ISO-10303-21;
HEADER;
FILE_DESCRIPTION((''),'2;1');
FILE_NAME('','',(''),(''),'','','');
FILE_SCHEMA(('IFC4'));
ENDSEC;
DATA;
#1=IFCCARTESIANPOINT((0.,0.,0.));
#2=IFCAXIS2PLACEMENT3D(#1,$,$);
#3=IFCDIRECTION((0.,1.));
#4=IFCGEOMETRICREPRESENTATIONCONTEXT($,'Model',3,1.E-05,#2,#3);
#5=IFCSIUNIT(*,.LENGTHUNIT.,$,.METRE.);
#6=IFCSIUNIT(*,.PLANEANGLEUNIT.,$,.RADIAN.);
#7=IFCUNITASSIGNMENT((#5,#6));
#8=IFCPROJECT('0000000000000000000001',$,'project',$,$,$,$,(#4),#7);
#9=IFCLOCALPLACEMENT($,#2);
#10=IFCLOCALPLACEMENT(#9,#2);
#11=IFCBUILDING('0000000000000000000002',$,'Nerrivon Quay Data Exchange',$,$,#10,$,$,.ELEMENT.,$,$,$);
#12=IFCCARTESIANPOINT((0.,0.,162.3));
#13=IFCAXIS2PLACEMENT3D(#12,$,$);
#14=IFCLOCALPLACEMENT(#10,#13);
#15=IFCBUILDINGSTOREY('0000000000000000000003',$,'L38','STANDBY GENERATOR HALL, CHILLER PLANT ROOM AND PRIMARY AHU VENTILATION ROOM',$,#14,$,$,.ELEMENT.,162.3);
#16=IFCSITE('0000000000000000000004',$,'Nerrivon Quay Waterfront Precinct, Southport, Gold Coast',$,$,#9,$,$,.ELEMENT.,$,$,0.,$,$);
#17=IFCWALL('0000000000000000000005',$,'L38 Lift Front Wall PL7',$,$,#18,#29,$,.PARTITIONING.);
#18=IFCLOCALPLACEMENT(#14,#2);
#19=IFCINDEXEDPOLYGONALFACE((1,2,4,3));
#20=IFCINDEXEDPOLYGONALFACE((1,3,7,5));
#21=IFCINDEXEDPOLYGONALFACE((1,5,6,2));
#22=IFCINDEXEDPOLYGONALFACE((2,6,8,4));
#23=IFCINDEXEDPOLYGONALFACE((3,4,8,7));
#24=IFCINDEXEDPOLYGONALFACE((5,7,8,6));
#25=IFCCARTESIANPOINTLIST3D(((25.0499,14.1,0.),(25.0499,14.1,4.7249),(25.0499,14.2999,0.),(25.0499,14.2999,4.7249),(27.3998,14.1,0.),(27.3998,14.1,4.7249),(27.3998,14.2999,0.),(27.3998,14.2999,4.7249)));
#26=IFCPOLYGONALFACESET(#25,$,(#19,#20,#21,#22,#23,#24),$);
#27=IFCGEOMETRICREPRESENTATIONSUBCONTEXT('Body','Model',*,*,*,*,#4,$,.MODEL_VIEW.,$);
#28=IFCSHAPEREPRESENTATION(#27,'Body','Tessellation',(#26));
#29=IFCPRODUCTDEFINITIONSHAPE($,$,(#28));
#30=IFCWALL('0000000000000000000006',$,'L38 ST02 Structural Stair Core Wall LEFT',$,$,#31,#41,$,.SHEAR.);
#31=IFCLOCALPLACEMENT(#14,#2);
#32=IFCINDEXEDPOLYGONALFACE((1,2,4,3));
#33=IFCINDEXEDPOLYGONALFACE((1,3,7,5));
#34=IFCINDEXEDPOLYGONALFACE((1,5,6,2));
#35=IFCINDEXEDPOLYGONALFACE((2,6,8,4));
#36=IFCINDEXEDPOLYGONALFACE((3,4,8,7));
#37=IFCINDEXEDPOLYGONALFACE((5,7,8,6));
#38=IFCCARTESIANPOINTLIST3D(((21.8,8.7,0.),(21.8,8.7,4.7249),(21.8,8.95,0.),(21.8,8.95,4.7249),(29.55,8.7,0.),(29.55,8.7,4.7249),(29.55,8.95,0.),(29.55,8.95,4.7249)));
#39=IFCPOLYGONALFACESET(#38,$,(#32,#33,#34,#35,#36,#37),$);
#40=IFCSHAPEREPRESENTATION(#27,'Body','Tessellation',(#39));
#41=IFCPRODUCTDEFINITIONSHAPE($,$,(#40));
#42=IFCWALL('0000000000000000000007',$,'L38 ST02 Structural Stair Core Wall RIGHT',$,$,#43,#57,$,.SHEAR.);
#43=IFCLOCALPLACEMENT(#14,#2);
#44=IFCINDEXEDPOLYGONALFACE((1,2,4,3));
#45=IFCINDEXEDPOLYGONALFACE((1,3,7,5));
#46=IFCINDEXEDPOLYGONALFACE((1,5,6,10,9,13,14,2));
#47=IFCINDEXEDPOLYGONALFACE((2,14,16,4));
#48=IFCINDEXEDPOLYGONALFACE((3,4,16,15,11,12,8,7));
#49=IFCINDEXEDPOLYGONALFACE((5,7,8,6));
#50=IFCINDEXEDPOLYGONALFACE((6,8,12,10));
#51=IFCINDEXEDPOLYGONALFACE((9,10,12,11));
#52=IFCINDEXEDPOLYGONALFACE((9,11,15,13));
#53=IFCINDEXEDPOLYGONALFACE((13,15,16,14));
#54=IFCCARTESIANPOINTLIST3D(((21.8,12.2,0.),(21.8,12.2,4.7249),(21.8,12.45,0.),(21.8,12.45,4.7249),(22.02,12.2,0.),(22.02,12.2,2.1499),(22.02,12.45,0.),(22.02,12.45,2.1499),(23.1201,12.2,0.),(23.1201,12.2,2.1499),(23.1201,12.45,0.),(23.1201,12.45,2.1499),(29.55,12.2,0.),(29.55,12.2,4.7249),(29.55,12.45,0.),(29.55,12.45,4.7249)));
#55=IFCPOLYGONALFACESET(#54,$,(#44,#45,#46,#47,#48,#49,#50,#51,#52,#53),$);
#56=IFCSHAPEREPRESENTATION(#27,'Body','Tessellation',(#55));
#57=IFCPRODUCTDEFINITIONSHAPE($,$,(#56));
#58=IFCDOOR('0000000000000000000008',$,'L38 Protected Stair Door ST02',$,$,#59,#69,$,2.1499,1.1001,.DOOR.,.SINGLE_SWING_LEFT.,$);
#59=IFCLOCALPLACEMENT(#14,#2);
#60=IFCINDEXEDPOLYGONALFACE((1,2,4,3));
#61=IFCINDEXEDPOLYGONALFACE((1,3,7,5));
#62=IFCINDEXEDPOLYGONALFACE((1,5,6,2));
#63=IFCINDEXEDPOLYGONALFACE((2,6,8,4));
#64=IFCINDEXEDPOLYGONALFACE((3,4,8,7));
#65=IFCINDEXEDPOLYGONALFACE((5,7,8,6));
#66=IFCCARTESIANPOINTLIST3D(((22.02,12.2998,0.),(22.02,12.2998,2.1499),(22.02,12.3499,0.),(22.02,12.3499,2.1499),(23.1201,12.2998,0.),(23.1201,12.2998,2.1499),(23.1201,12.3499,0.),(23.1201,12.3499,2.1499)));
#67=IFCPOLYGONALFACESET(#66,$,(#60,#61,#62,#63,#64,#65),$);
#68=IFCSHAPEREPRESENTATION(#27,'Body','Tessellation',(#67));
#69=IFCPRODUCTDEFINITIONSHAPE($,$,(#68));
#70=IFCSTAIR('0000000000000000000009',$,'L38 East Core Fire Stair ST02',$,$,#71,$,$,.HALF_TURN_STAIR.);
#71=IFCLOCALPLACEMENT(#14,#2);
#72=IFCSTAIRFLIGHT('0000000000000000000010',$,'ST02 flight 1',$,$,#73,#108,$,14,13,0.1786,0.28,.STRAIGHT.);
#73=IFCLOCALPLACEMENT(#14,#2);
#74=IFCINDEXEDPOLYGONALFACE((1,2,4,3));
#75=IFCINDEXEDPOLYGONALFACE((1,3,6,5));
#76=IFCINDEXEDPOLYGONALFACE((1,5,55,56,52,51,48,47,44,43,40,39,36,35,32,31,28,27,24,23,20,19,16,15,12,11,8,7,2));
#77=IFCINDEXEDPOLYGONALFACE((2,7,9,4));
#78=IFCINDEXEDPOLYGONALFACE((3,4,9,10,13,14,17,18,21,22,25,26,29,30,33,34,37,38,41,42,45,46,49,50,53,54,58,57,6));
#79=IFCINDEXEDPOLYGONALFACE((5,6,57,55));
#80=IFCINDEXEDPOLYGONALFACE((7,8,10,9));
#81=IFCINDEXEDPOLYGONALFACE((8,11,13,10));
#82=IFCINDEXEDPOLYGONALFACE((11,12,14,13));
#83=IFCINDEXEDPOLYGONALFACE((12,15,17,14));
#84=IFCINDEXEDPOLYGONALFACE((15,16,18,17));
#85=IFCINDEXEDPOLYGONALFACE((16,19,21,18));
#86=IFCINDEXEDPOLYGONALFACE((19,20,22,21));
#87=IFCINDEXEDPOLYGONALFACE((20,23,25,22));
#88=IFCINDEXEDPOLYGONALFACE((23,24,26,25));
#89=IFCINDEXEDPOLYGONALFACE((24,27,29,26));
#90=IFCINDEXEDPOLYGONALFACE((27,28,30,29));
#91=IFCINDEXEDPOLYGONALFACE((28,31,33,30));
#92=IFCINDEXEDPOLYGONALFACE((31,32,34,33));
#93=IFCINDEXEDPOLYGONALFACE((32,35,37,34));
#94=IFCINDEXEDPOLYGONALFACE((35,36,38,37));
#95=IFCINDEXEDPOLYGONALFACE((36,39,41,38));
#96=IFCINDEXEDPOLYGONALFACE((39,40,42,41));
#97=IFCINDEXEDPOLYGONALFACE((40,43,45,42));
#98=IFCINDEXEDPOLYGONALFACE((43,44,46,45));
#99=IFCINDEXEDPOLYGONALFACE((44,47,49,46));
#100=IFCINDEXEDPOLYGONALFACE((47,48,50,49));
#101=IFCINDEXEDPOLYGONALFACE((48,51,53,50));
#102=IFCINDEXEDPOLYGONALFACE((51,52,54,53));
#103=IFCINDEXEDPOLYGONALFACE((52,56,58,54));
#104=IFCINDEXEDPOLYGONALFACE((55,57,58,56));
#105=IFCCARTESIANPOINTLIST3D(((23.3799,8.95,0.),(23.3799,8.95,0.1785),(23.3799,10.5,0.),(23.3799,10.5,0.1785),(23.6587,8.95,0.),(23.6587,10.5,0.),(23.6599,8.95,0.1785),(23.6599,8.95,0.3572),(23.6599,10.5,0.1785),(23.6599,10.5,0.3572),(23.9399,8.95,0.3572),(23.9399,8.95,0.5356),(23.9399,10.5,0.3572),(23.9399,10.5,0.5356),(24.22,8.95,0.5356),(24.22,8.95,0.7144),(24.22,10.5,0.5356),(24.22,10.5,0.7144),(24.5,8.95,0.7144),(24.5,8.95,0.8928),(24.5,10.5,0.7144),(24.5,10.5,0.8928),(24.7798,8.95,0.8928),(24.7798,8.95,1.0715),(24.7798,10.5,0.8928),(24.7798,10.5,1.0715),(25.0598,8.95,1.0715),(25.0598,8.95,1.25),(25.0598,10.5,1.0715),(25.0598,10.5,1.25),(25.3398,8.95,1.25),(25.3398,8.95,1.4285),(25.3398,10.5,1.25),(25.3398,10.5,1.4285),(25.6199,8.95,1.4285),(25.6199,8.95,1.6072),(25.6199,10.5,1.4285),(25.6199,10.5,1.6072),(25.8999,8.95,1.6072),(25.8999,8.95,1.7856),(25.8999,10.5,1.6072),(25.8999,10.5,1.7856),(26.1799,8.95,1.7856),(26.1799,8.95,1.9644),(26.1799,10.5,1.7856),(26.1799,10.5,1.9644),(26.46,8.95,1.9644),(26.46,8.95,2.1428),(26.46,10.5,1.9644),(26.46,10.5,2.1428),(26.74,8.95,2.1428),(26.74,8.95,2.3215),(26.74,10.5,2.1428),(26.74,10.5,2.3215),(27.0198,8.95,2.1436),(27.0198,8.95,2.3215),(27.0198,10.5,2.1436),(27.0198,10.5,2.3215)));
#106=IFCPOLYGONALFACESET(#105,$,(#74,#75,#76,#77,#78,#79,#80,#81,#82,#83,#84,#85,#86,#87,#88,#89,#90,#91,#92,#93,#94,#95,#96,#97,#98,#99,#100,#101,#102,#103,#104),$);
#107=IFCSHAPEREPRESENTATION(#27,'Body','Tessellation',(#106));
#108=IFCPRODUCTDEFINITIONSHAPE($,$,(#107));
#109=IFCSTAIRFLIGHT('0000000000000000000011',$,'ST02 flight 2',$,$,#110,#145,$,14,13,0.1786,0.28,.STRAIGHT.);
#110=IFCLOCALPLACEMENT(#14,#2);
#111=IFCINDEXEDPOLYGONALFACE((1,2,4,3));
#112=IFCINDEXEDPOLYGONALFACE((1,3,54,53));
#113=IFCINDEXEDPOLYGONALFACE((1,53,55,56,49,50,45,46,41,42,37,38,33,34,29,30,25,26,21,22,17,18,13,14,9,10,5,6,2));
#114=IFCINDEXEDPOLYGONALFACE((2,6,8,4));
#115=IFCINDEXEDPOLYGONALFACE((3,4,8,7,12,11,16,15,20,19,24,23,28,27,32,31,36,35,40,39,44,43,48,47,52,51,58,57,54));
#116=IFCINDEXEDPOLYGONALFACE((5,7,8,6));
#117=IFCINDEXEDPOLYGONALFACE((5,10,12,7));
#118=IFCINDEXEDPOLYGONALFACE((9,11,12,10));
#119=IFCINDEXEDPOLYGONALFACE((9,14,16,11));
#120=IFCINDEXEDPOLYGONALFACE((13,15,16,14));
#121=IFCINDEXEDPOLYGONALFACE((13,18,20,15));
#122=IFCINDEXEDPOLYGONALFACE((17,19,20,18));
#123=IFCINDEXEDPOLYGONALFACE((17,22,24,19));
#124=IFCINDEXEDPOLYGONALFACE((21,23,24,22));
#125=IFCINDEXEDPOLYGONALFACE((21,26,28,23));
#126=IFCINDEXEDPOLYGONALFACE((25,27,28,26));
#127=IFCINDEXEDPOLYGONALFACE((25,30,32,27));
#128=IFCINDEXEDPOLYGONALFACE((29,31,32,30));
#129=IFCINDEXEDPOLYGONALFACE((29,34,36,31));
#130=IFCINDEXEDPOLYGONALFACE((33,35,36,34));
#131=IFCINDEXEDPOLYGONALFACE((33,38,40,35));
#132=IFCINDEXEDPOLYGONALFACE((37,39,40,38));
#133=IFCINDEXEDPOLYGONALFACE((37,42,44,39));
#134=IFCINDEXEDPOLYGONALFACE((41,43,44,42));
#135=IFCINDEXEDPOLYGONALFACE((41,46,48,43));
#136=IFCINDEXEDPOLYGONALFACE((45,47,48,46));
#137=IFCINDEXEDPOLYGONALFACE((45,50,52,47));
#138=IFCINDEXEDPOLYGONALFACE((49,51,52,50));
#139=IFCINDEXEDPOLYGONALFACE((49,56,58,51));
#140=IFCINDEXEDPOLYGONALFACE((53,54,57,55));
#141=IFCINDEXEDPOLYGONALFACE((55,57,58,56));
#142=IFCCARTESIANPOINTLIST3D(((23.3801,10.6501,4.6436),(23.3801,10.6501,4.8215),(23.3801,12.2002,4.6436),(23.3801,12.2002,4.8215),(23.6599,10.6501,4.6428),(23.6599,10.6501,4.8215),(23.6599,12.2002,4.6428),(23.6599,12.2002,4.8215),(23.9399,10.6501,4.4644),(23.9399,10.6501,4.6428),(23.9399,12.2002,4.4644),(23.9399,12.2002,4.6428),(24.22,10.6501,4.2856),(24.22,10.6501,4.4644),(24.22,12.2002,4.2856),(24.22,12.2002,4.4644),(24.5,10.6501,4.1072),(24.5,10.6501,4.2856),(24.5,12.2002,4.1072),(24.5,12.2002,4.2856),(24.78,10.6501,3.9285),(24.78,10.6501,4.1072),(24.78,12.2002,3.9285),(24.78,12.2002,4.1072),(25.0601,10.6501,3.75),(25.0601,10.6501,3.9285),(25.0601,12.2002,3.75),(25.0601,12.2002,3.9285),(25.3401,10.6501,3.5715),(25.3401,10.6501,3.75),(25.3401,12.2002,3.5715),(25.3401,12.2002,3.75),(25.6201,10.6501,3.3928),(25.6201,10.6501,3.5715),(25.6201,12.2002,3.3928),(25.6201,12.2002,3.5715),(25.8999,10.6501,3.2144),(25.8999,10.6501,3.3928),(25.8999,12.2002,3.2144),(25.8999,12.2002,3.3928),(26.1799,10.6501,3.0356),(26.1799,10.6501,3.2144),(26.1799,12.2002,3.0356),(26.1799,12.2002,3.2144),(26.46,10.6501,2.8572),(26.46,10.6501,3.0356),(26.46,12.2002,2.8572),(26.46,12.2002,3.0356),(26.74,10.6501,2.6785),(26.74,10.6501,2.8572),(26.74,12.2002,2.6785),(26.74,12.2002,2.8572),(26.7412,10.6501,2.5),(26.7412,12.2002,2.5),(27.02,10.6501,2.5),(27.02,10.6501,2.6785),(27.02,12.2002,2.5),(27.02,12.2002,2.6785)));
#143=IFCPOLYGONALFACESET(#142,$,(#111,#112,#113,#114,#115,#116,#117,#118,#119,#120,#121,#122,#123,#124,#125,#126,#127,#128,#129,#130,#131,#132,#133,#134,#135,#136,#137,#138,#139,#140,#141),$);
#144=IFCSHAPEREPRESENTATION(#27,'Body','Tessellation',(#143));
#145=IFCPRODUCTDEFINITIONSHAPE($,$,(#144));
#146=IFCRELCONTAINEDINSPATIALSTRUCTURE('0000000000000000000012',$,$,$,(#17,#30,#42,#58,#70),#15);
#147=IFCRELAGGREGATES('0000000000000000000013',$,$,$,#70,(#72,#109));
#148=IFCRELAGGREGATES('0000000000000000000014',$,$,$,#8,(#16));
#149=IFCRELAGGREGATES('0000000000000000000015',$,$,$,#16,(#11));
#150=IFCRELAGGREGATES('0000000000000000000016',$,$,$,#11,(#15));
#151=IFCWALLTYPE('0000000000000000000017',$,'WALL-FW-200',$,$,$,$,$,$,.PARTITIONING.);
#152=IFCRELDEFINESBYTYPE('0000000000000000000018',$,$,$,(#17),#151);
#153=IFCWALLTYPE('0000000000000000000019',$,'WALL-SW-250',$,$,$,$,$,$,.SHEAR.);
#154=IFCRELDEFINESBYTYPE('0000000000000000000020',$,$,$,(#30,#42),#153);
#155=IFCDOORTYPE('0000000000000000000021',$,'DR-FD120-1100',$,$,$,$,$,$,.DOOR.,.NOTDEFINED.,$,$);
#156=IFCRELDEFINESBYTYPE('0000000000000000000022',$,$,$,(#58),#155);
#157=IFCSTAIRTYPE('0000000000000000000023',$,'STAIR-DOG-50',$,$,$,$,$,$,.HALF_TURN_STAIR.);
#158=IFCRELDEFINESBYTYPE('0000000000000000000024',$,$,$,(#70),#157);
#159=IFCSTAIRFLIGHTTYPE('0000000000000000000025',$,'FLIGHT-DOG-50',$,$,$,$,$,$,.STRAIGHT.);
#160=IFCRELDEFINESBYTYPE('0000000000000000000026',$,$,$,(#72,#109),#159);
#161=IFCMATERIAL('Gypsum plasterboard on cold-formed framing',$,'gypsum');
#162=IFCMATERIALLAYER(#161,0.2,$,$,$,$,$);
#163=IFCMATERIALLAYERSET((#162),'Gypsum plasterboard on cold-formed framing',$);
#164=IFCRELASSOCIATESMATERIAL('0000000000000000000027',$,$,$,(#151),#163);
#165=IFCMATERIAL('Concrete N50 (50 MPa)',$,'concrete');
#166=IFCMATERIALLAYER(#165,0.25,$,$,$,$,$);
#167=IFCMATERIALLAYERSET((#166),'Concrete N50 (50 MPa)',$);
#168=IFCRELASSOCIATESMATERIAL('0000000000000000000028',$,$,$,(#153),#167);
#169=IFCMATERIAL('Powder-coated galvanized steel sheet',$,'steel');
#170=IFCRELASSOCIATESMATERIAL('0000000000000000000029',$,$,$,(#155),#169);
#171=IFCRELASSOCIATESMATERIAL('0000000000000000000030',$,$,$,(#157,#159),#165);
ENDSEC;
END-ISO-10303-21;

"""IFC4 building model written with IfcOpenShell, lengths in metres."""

from ifc_helpers import new_model, si_unit, direction, frame, frame_2d, origin, place, context, subcontext, project, spatial, polyline, rectangle, outline, extrude, material, layer, layer_set, type_object, element, fill, aggregate, save


model = new_model("IFC4")

# Units and contexts
model_context = context("Model", 3, precision=1e-05, world=origin(), true_north=direction((0.0, 1.0)))
body_context = subcontext(model_context, "Body", "Model", "MODEL_VIEW")
ifc_project = project(units=[si_unit("LENGTHUNIT", "METRE"), si_unit("PLANEANGLEUNIT", "RADIAN")], contexts=[model_context])

# Site, building, storey
site_placement = place(None, origin())
site = spatial("IfcSite", under=ifc_project, at=site_placement, Name="Nerrivon Quay Waterfront Precinct, Southport, Gold Coast", CompositionType="ELEMENT", RefElevation=0.0)
building_placement = place(site_placement, origin())
building = spatial("IfcBuilding", under=site, at=building_placement, Name="Nerrivon Quay Data Exchange", CompositionType="ELEMENT")
storey_placement = place(building_placement, frame((0.0, 0.0, 162.3)))
storey = spatial("IfcBuildingStorey", under=building, at=storey_placement, Name="L38", Description="STANDBY GENERATOR HALL, CHILLER PLANT ROOM AND PRIMARY AHU VENTILATION ROOM", CompositionType="ELEMENT", Elevation=162.3)

# Shared definitions
ifc_material_1 = material(Name="Gypsum plasterboard on cold-formed framing", Category="gypsum")
ifc_layer_1 = layer(ifc_material_1, 0.2)
ifc_layer_set_1 = layer_set([ifc_layer_1], Name="Gypsum plasterboard on cold-formed framing")
wall_type_1 = type_object("IfcWallType", Name="WALL-FW-200", PredefinedType="PARTITIONING", material=ifc_layer_set_1)

# Shared definitions
ifc_material_2 = material(Name="Powder-coated galvanized steel sheet", Category="steel")

# Walls
wall_1_placement = place(storey_placement, frame((25.05, 14.2, 0.0), z_axis=(0.0, 0.0, 1.0), x_axis=(1.0, 0.0, 0.0)))
element("IfcWall", 1, at=wall_1_placement, inside=storey, type_object=wall_type_1, Name="L38 Lift Front Wall PL7", PredefinedType="PARTITIONING", context=body_context, shape_type="SweptSolid", body=[
    extrude(rectangle(XDim=2.3499, YDim=0.2, at=frame_2d((1.1748, 0.0))), origin(), (0.0, 0.0, 1.0), 4.7249),
])
ifc_material_3 = material(Name="Concrete N50 (50 MPa)", Category="concrete")
ifc_layer_2 = layer(ifc_material_3, 0.25)
ifc_layer_set_2 = layer_set([ifc_layer_2], Name="Concrete N50 (50 MPa)")
wall_type_2 = type_object("IfcWallType", Name="WALL-SW-250", PredefinedType="SHEAR", material=ifc_layer_set_2)
wall_2_placement = place(storey_placement, frame((21.8, 8.825, 0.0), z_axis=(0.0, 0.0, 1.0), x_axis=(1.0, 0.0, 0.0)))
element("IfcWall", 2, at=wall_2_placement, inside=storey, type_object=wall_type_2, Name="L38 ST02 Structural Stair Core Wall LEFT", PredefinedType="SHEAR", context=body_context, shape_type="SweptSolid", body=[
    extrude(rectangle(XDim=7.75, YDim=0.25, at=frame_2d((3.875, 0.0))), origin(), (0.0, 0.0, 1.0), 4.7249),
])

# Wall, opening, door
wall_3_placement = place(storey_placement, frame((21.8, 12.325, 0.0), z_axis=(0.0, 0.0, 1.0), x_axis=(1.0, 0.0, 0.0)))
wall_3 = element("IfcWall", 3, at=wall_3_placement, inside=storey, type_object=wall_type_2, Name="L38 ST02 Structural Stair Core Wall RIGHT", PredefinedType="SHEAR", context=body_context, shape_type="SweptSolid", body=[
    extrude(rectangle(XDim=7.75, YDim=0.25, at=frame_2d((3.875, 0.0))), origin(), (0.0, 0.0, 1.0), 4.7249),
])
opening_1_placement = place(wall_3_placement, frame((0.22, 0.0, 0.0)))
opening_1 = element("IfcOpeningElement", 4, at=opening_1_placement, cuts=wall_3, PredefinedType="OPENING", context=body_context, shape_type="SweptSolid", body=[
    extrude(rectangle(XDim=1.1001, YDim=2.1499, at=frame_2d((0.55, 1.075))), frame((0.0, 0.135, 0.0), z_axis=(0.0, -1.0, 0.0), x_axis=(1.0, 0.0, 0.0)), (0.0, 0.0, 1.0), 0.27),
])
door_type_1 = type_object("IfcDoorType", Name="DR-FD120-1100", OperationType="NOTDEFINED", PredefinedType="DOOR", material=ifc_material_2)
door_1_placement = place(opening_1_placement, origin())
door_1 = element("IfcDoor", 5, at=door_1_placement, inside=storey, type_object=door_type_1, Name="L38 Protected Stair Door ST02", OperationType="SINGLE_SWING_LEFT", OverallHeight=2.1499, OverallWidth=1.1001, PredefinedType="DOOR", context=body_context, shape_type="SweptSolid", body=[
    extrude(rectangle(XDim=1.1001, YDim=2.1499, at=frame_2d((0.55, 1.075))), frame((0.0, 0.0249, 0.0), z_axis=(0.0, -1.0, 0.0), x_axis=(1.0, 0.0, 0.0)), (0.0, 0.0, 1.0), 0.05),
])
fill(opening_1, door_1)

# Stair, stair flights
stair_type = type_object("IfcStairType", Name="STAIR-DOG-50", PredefinedType="HALF_TURN_STAIR", material=ifc_material_3)
stair_placement = place(storey_placement, origin())
stair = element("IfcStair", 6, at=stair_placement, inside=storey, type_object=stair_type, Name="L38 East Core Fire Stair ST02", PredefinedType="HALF_TURN_STAIR")
stair_flight_type = type_object("IfcStairFlightType", Name="FLIGHT-DOG-50", PredefinedType="STRAIGHT", material=ifc_material_3)
stair_flight_1_placement = place(storey_placement, frame((23.3799, 9.7251, 0.0), z_axis=(0.0, 0.0, 1.0), x_axis=(1.0, 0.0, 0.0)))
stair_flight_1 = element("IfcStairFlight", 7, at=stair_flight_1_placement, type_object=stair_flight_type, Name="ST02 flight 1", NumberOfRisers=14, NumberOfTreads=13, PredefinedType="STRAIGHT", RiserHeight=0.1786, TreadLength=0.28, context=body_context, shape_type="SweptSolid", body=[
    extrude(outline(polyline([(0.0, 0.0), (0.0, 0.1785), (0.28, 0.1785), (0.28, 0.3572), (0.5601, 0.3572), (0.5601, 0.5356), (0.8401, 0.5356), (0.8401, 0.7144), (1.1201, 0.7144), (1.1201, 0.8928), (1.3999, 0.8928), (1.3999, 1.0715), (1.6799, 1.0715), (1.6799, 1.25), (1.96, 1.25), (1.96, 1.4285), (2.24, 1.4285), (2.24, 1.6072), (2.52, 1.6072), (2.52, 1.7856), (2.8, 1.7856), (2.8, 1.9644), (3.0801, 1.9644), (3.0801, 2.1428), (3.3601, 2.1428), (3.3601, 2.3215), (3.6399, 2.3215), (3.6399, 2.5), (3.6399, 2.1436), (0.2788, 0.0), (0.0, 0.0)])), frame((0.0, 0.7749, 0.0), z_axis=(0.0, -1.0, 0.0), x_axis=(1.0, 0.0, 0.0)), (0.0, 0.0, 1.0), 1.55),
])
stair_flight_2_placement = place(storey_placement, frame((27.02, 11.425, 2.5), z_axis=(0.0, 0.0, 1.0), x_axis=(-1.0, 0.0, 0.0)))
stair_flight_2 = element("IfcStairFlight", 8, at=stair_flight_2_placement, type_object=stair_flight_type, Name="ST02 flight 2", NumberOfRisers=14, NumberOfTreads=13, PredefinedType="STRAIGHT", RiserHeight=0.1786, TreadLength=0.28, context=body_context, shape_type="SweptSolid", body=[
    extrude(outline(polyline([(0.0, 0.0), (0.0, 0.1785), (0.28, 0.1785), (0.28, 0.3572), (0.5601, 0.3572), (0.5601, 0.5356), (0.8401, 0.5356), (0.8401, 0.7144), (1.1201, 0.7144), (1.1201, 0.8928), (1.3999, 0.8928), (1.3999, 1.0715), (1.6799, 1.0715), (1.6799, 1.25), (1.96, 1.25), (1.96, 1.4285), (2.24, 1.4285), (2.24, 1.6072), (2.52, 1.6072), (2.52, 1.7856), (2.8, 1.7856), (2.8, 1.9644), (3.0801, 1.9644), (3.0801, 2.1428), (3.3601, 2.1428), (3.3601, 2.3215), (3.6399, 2.3215), (3.6399, 2.5), (3.6399, 2.1436), (0.2788, 0.0), (0.0, 0.0)])), frame((0.0, 0.7749, 0.0), z_axis=(0.0, -1.0, 0.0), x_axis=(1.0, 0.0, 0.0)), (0.0, 0.0, 1.0), 1.55),
])
aggregate(stair, [stair_flight_1, stair_flight_2])

save(model, "model.ifc")
